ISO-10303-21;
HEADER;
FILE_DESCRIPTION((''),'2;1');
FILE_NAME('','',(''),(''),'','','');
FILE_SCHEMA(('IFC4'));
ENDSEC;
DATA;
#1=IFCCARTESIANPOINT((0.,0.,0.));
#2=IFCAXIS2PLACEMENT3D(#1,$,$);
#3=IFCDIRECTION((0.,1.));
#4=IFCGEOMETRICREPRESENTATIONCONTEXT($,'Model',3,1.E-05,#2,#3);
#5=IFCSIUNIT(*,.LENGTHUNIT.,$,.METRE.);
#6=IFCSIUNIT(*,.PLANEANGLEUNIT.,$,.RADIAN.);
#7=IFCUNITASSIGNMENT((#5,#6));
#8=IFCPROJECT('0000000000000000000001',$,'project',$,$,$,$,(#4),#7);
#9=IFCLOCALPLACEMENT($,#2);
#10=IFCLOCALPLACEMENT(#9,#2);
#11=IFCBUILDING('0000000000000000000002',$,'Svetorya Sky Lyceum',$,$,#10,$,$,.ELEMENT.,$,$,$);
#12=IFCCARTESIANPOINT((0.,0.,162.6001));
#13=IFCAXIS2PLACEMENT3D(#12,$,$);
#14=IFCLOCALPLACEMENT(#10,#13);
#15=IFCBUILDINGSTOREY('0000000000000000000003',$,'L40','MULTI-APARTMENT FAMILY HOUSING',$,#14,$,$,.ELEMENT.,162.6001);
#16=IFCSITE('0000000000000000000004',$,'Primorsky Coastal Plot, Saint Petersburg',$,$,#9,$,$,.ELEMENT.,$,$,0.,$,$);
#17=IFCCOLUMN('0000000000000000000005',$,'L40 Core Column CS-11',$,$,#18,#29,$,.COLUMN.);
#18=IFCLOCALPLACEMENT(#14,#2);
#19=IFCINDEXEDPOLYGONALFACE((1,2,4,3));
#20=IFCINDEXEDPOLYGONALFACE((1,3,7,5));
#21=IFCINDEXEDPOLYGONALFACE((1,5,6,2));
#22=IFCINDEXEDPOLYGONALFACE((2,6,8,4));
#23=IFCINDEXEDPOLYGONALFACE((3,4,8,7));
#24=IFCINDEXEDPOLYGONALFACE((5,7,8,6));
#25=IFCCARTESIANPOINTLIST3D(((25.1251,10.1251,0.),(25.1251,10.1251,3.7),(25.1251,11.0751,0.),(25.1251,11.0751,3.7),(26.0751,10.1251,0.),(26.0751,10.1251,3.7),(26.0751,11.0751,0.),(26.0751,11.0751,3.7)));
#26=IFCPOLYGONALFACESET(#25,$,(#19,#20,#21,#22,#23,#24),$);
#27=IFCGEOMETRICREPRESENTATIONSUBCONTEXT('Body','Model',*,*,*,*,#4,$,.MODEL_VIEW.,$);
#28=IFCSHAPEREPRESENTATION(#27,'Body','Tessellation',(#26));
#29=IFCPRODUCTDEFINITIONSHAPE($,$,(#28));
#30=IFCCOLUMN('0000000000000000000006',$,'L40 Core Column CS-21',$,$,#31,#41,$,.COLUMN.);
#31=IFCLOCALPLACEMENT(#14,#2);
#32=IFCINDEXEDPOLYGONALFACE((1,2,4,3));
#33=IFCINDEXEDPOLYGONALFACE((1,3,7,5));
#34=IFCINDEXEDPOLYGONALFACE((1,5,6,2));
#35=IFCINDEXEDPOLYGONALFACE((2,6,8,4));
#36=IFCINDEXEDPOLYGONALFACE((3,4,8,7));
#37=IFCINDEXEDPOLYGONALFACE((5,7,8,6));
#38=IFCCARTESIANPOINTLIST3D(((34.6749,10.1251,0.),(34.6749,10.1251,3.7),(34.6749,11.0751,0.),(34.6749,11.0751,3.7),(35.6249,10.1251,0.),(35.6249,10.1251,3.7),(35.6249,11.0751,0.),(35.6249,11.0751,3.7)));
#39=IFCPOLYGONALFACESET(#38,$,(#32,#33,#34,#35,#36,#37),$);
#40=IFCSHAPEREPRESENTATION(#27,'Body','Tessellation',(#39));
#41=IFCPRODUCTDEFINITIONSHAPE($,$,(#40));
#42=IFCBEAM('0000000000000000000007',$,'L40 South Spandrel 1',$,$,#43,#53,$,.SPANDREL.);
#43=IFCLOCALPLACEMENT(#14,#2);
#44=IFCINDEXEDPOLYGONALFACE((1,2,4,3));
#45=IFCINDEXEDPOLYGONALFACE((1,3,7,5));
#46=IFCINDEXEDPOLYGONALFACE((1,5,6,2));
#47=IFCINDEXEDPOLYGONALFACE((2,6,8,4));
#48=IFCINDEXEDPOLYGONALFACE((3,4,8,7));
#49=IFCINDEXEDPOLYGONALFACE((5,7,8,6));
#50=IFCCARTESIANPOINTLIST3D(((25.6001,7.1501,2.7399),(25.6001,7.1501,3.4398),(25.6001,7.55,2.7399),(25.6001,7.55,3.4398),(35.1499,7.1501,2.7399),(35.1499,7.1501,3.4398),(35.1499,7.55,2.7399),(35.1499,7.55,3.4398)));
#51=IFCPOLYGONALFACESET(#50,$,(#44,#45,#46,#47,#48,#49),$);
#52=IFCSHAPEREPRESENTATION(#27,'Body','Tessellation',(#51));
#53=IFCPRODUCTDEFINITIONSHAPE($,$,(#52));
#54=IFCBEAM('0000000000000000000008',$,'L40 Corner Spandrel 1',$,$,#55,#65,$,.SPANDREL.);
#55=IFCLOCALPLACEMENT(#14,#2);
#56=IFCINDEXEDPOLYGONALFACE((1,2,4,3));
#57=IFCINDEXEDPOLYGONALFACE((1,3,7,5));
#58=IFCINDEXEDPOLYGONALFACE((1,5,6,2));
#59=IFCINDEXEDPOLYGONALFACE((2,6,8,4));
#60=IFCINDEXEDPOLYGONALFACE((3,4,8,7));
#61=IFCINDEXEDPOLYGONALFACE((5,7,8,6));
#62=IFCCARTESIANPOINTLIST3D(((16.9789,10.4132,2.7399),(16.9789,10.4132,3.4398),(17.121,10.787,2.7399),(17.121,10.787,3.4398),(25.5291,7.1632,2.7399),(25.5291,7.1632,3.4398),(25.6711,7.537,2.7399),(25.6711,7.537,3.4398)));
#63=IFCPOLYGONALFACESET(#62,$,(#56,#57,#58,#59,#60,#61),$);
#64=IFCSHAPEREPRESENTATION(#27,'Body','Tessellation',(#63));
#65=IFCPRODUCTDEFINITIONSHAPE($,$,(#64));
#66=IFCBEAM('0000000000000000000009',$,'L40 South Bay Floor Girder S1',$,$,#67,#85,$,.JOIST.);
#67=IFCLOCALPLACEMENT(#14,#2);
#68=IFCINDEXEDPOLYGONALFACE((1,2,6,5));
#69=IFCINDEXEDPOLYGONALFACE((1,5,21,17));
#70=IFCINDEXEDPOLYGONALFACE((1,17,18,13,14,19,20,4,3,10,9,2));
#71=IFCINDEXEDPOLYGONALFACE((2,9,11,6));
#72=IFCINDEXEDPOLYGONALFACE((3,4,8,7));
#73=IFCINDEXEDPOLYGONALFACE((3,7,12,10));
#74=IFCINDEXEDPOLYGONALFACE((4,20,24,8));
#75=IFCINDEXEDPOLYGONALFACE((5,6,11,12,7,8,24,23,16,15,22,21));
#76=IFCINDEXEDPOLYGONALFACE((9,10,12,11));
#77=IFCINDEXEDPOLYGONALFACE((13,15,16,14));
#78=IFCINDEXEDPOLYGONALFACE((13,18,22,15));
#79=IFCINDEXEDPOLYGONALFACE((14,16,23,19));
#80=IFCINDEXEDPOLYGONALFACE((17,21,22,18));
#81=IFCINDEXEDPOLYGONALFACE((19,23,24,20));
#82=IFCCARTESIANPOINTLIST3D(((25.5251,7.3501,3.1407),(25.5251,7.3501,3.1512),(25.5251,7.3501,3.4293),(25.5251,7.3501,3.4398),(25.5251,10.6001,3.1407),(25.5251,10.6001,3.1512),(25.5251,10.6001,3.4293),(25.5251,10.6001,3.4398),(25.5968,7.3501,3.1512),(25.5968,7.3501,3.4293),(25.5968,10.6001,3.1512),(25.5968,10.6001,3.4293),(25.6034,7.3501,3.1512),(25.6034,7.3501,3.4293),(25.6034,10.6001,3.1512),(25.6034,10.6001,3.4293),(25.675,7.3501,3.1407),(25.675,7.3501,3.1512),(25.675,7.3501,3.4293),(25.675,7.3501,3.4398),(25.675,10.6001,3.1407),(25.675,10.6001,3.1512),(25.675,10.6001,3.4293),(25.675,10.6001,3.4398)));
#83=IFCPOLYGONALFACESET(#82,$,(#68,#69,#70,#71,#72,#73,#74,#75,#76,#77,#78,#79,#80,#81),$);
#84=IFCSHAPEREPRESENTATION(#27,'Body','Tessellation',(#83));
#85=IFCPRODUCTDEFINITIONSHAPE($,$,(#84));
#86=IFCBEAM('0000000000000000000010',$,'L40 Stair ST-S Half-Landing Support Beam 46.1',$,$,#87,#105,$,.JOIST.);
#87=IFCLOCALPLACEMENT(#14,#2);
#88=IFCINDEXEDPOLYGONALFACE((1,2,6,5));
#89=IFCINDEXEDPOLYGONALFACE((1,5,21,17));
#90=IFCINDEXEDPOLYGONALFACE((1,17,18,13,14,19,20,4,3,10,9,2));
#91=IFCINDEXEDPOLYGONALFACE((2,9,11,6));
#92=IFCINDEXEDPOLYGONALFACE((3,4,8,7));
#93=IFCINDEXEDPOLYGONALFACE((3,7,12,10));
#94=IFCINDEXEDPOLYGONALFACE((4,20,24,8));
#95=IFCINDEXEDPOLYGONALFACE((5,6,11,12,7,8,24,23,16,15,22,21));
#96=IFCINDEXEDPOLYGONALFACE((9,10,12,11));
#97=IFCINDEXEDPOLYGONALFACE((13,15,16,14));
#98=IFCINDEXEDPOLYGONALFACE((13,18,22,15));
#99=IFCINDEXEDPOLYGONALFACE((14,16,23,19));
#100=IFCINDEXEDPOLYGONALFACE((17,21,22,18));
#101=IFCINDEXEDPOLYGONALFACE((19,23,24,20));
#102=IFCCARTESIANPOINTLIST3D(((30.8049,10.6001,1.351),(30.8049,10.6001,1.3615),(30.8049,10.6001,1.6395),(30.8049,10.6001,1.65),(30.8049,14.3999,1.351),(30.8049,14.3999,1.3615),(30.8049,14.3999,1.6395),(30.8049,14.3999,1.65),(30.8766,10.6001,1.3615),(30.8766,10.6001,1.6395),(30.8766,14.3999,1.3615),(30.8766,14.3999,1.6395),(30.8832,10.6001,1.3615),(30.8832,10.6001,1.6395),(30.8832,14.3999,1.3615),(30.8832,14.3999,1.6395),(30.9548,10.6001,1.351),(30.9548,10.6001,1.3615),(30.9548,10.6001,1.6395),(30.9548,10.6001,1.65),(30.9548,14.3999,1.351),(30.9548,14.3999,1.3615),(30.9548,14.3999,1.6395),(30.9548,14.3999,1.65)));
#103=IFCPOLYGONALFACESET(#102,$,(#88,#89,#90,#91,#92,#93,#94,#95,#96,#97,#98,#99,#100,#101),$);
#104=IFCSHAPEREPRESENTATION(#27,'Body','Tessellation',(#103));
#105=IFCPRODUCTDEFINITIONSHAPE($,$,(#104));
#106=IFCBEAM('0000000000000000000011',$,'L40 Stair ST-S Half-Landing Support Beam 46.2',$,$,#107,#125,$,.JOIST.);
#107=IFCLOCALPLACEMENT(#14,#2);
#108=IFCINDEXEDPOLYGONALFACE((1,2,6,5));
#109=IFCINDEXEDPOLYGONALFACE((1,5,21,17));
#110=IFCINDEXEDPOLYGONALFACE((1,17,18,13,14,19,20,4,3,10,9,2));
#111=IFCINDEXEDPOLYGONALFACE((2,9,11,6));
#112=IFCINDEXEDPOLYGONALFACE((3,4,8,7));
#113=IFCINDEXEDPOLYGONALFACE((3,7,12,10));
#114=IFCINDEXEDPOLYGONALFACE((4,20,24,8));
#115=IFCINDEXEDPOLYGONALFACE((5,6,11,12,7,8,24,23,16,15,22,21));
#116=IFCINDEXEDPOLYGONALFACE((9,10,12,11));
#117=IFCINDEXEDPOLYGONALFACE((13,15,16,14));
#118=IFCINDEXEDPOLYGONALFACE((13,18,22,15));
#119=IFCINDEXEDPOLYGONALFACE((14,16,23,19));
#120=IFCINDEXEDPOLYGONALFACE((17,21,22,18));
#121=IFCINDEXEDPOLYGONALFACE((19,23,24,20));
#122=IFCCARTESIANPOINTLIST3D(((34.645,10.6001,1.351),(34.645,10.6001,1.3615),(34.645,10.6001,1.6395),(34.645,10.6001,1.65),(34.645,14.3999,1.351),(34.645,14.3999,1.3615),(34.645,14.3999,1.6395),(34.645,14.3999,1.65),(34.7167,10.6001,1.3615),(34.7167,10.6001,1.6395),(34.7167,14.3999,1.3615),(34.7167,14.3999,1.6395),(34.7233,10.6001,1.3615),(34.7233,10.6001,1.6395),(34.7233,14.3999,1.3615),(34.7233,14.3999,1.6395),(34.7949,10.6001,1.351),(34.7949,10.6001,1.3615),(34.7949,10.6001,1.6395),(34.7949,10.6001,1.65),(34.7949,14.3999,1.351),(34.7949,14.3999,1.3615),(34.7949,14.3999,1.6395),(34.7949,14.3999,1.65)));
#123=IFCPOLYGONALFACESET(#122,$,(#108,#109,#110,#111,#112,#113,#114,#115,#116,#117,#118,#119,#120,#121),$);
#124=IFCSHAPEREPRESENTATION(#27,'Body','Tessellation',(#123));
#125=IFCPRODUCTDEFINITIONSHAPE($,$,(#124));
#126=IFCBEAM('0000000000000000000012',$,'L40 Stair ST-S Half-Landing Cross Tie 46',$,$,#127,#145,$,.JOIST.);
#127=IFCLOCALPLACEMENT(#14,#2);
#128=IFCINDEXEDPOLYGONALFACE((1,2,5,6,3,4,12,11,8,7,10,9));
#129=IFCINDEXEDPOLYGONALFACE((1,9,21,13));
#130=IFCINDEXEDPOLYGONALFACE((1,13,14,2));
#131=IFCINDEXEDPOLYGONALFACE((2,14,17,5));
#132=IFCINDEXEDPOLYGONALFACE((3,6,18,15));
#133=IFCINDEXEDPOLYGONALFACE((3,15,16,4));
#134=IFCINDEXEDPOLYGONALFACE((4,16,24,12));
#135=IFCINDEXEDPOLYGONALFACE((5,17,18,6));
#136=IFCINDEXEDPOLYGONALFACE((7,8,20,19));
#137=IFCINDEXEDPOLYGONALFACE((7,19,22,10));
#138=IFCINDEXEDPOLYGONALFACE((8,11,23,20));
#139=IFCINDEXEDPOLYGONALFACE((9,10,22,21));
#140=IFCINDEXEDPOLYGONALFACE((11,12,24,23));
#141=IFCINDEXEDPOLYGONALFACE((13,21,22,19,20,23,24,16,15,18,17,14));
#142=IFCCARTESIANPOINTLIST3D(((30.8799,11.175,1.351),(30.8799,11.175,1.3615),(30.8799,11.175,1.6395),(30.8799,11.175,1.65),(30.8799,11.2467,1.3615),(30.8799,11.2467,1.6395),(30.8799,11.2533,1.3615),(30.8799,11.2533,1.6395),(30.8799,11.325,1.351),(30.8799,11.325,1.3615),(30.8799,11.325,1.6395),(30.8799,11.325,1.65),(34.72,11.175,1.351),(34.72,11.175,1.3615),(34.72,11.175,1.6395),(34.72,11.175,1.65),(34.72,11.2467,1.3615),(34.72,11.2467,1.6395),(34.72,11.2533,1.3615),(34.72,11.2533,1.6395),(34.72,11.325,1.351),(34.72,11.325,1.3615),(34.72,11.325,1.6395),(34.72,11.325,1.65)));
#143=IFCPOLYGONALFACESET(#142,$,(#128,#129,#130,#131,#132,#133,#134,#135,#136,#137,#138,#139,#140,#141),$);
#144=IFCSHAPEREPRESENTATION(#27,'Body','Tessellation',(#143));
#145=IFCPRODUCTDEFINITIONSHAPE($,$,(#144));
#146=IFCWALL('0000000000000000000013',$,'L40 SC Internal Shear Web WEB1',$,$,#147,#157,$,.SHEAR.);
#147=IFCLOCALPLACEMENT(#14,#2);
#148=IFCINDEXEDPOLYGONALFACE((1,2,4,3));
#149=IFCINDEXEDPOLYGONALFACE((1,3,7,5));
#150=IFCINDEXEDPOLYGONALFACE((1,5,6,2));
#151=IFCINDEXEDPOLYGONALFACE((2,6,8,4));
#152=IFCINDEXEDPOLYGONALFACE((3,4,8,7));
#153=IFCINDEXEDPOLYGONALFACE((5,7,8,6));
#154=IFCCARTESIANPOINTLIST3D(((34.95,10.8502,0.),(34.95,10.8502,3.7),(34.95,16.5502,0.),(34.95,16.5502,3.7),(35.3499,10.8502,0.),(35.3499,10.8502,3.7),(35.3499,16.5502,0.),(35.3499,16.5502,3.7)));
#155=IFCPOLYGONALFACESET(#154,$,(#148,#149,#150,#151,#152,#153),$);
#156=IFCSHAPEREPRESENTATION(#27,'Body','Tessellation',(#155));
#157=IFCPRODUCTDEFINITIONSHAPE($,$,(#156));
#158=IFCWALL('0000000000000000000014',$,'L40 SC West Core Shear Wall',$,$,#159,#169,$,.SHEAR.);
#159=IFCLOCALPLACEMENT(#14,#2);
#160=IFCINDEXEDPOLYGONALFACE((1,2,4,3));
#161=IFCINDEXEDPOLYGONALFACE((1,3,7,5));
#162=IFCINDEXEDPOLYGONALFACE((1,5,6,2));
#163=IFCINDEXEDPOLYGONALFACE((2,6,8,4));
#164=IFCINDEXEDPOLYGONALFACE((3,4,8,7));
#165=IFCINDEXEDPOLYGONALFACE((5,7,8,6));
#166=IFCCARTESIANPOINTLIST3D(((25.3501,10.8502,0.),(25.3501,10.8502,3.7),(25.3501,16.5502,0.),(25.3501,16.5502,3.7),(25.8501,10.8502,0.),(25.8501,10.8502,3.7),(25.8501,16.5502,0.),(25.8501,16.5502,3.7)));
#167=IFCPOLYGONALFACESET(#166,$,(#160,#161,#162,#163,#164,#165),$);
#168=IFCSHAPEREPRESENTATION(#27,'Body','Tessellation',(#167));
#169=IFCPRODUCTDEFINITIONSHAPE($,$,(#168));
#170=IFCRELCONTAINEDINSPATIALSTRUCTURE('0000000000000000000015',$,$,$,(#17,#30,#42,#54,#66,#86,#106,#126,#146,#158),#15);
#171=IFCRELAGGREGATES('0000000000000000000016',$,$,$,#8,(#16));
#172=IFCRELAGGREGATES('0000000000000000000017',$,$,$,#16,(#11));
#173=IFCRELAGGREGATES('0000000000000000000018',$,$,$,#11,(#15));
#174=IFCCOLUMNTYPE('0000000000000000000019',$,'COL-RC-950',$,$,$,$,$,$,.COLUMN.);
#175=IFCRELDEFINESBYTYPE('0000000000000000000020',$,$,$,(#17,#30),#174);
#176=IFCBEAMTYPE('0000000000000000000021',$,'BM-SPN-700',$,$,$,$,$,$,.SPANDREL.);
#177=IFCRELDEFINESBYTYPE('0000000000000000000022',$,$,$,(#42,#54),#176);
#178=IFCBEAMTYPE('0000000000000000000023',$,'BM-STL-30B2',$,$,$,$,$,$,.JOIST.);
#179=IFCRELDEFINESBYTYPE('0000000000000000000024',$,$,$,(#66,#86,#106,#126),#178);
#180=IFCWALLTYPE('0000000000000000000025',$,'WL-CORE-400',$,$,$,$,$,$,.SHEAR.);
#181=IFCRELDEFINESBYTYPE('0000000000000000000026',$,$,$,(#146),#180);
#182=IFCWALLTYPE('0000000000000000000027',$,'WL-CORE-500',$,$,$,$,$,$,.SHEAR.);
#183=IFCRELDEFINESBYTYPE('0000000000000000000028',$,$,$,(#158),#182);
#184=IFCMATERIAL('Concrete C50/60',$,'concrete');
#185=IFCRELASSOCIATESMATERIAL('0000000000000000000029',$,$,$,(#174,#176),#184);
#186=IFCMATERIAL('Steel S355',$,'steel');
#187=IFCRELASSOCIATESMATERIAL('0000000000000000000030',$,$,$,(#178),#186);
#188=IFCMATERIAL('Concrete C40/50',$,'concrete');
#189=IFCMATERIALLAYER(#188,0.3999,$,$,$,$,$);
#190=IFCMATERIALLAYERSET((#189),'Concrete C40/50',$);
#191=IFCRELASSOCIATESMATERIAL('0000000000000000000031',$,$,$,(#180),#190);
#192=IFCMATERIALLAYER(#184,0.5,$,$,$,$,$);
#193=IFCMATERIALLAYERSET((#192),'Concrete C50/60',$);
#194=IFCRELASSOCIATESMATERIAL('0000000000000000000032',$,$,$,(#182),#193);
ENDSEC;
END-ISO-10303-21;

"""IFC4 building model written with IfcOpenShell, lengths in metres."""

from ifc_helpers import new_model, si_unit, direction, frame, frame_2d, origin, origin_2d, place, context, subcontext, project, spatial, rectangle, i_section, extrude, material, layer, layer_set, material_profile, profile_set, type_object, element, save


model = new_model("IFC4")

# Units and contexts
model_context = context("Model", 3, precision=1e-05, world=origin(), true_north=direction((0.0, 1.0)))
body_context = subcontext(model_context, "Body", "Model", "MODEL_VIEW")
ifc_project = project(units=[si_unit("LENGTHUNIT", "METRE"), si_unit("PLANEANGLEUNIT", "RADIAN")], contexts=[model_context])

# Site, building, storey
site_placement = place(None, origin())
site = spatial("IfcSite", under=ifc_project, at=site_placement, Name="Primorsky Coastal Plot, Saint Petersburg", CompositionType="ELEMENT", RefElevation=0.0)
building_placement = place(site_placement, origin())
building = spatial("IfcBuilding", under=site, at=building_placement, Name="Svetorya Sky Lyceum", CompositionType="ELEMENT")
storey_placement = place(building_placement, frame((0.0, 0.0, 162.6001)))
storey = spatial("IfcBuildingStorey", under=building, at=storey_placement, Name="L40", Description="MULTI-APARTMENT FAMILY HOUSING", CompositionType="ELEMENT", Elevation=162.6001)

# Columns
ifc_material_1 = material(Name="Concrete C50/60", Category="concrete")
ifc_material_profile_1 = material_profile(ifc_material_1, rectangle(XDim=0.95, YDim=0.95, at=origin_2d()), Name="RC COL 950x950")
ifc_profile_set_1 = profile_set([ifc_material_profile_1], Name="Concrete C50/60")
column_type = type_object("IfcColumnType", Name="COL-RC-950", PredefinedType="COLUMN", material=ifc_profile_set_1)
for number, where, z_axis, x_axis, name in (
    (1, (25.6001, 10.6001, 0.0), (0.0, 0.0, 1.0), (1.0, 0.0, 0.0), "L40 Core Column CS-11"),
    (2, (35.1499, 10.6001, 0.0), (0.0, 0.0, 1.0), (1.0, 0.0, 0.0), "L40 Core Column CS-21"),
):
    element("IfcColumn", number, at=place(storey_placement, frame(where, z_axis=z_axis, x_axis=x_axis)), inside=storey, type_object=column_type, Name=name, PredefinedType="COLUMN", context=body_context, shape_type="SweptSolid", body=[
        extrude(rectangle(XDim=0.95, YDim=0.95, at=origin_2d()), origin(), (0.0, 0.0, 1.0), 3.7),
    ])

# Beams
ifc_material_profile_2 = material_profile(ifc_material_1, rectangle(XDim=0.3999, YDim=0.7, at=origin_2d()), Name="RC SPANDREL 400x700")
ifc_profile_set_2 = profile_set([ifc_material_profile_2], Name="Concrete C50/60")
beam_type_1 = type_object("IfcBeamType", Name="BM-SPN-700", PredefinedType="SPANDREL", material=ifc_profile_set_2)
beam_1_placement = place(storey_placement, frame((25.6001, 7.3501, 3.0898), z_axis=(1.0, 0.0, 0.0), x_axis=(0.0, 1.0, 0.0)))
element("IfcBeam", 3, at=beam_1_placement, inside=storey, type_object=beam_type_1, Name="L40 South Spandrel 1", PredefinedType="SPANDREL", context=body_context, shape_type="SweptSolid", body=[
    extrude(rectangle(XDim=0.3999, YDim=0.7, at=origin_2d()), origin(), (0.0, 0.0, 1.0), 9.5498),
])
beam_2_placement = place(storey_placement, frame((25.6001, 7.3501, 3.0898), z_axis=(-0.934748, 0.355312, 0.0), x_axis=(-0.355312, -0.934748, 0.0)))
element("IfcBeam", 4, at=beam_2_placement, inside=storey, type_object=beam_type_1, Name="L40 Corner Spandrel 1", PredefinedType="SPANDREL", context=body_context, shape_type="SweptSolid", body=[
    extrude(rectangle(XDim=0.3999, YDim=0.7, at=origin_2d()), origin(), (0.0, 0.0, 1.0), 9.147),
])
ifc_material_2 = material(Name="Steel S355", Category="steel")
ifc_material_profile_3 = material_profile(ifc_material_2, i_section(OverallWidth=0.1499, OverallDepth=0.2991, WebThickness=0.0066, FlangeThickness=0.0105, at=origin_2d()), Name="GOST 30B2")
ifc_profile_set_3 = profile_set([ifc_material_profile_3], Name="Steel S355")
beam_type_2 = type_object("IfcBeamType", Name="BM-STL-30B2", PredefinedType="JOIST", material=ifc_profile_set_3)
beam_3_placement = place(storey_placement, frame((25.6001, 7.3501, 3.2903), z_axis=(0.0, 1.0, 0.0), x_axis=(-1.0, 0.0, 0.0)))
element("IfcBeam", 5, at=beam_3_placement, inside=storey, type_object=beam_type_2, Name="L40 South Bay Floor Girder S1", PredefinedType="JOIST", context=body_context, shape_type="SweptSolid", body=[
    extrude(i_section(OverallWidth=0.1499, OverallDepth=0.2991, WebThickness=0.0066, FlangeThickness=0.0105, at=origin_2d()), origin(), (0.0, 0.0, 1.0), 3.25),
])
for number, where, z_axis, x_axis, name in (
    (6, (30.8799, 10.6001, 1.5005), (0.0, 1.0, 0.0), (-1.0, 0.0, 0.0), "L40 Stair ST-S Half-Landing Support Beam 46.1"),
    (7, (34.72, 10.6001, 1.5005), (0.0, 1.0, 0.0), (-1.0, 0.0, 0.0), "L40 Stair ST-S Half-Landing Support Beam 46.2"),
):
    element("IfcBeam", number, at=place(storey_placement, frame(where, z_axis=z_axis, x_axis=x_axis)), inside=storey, type_object=beam_type_2, Name=name, PredefinedType="JOIST", context=body_context, shape_type="SweptSolid", body=[
        extrude(i_section(OverallWidth=0.1499, OverallDepth=0.2991, WebThickness=0.0066, FlangeThickness=0.0105, at=origin_2d()), origin(), (0.0, 0.0, 1.0), 3.7998),
    ])
beam_4_placement = place(storey_placement, frame((30.8799, 11.25, 1.5005), z_axis=(1.0, 0.0, 0.0), x_axis=(0.0, 1.0, 0.0)))
element("IfcBeam", 8, at=beam_4_placement, inside=storey, type_object=beam_type_2, Name="L40 Stair ST-S Half-Landing Cross Tie 46", PredefinedType="JOIST", context=body_context, shape_type="SweptSolid", body=[
    extrude(i_section(OverallWidth=0.1499, OverallDepth=0.2991, WebThickness=0.0066, FlangeThickness=0.0105, at=origin_2d()), origin(), (0.0, 0.0, 1.0), 3.8401),
])

# Walls
ifc_material_3 = material(Name="Concrete C40/50", Category="concrete")
ifc_layer_1 = layer(ifc_material_3, 0.3999)
ifc_layer_set_1 = layer_set([ifc_layer_1], Name="Concrete C40/50")
wall_type_1 = type_object("IfcWallType", Name="WL-CORE-400", PredefinedType="SHEAR", material=ifc_layer_set_1)
wall_1_placement = place(storey_placement, frame((35.1499, 10.8501, 0.0), z_axis=(0.0, 0.0, 1.0), x_axis=(0.0, 1.0, 0.0)))
element("IfcWall", 9, at=wall_1_placement, inside=storey, type_object=wall_type_1, Name="L40 SC Internal Shear Web WEB1", PredefinedType="SHEAR", context=body_context, shape_type="SweptSolid", body=[
    extrude(rectangle(XDim=5.7, YDim=0.3999, at=frame_2d((2.8501, 0.0))), origin(), (0.0, 0.0, 1.0), 3.7),
])
ifc_layer_2 = layer(ifc_material_1, 0.5)
ifc_layer_set_2 = layer_set([ifc_layer_2], Name="Concrete C50/60")
wall_type_2 = type_object("IfcWallType", Name="WL-CORE-500", PredefinedType="SHEAR", material=ifc_layer_set_2)
wall_2_placement = place(storey_placement, frame((25.6001, 10.8501, 0.0), z_axis=(0.0, 0.0, 1.0), x_axis=(0.0, 1.0, 0.0)))
element("IfcWall", 10, at=wall_2_placement, inside=storey, type_object=wall_type_2, Name="L40 SC West Core Shear Wall", PredefinedType="SHEAR", context=body_context, shape_type="SweptSolid", body=[
    extrude(rectangle(XDim=5.7, YDim=0.5, at=frame_2d((2.8501, 0.0))), origin(), (0.0, 0.0, 1.0), 3.7),
])

save(model, "model.ifc")
